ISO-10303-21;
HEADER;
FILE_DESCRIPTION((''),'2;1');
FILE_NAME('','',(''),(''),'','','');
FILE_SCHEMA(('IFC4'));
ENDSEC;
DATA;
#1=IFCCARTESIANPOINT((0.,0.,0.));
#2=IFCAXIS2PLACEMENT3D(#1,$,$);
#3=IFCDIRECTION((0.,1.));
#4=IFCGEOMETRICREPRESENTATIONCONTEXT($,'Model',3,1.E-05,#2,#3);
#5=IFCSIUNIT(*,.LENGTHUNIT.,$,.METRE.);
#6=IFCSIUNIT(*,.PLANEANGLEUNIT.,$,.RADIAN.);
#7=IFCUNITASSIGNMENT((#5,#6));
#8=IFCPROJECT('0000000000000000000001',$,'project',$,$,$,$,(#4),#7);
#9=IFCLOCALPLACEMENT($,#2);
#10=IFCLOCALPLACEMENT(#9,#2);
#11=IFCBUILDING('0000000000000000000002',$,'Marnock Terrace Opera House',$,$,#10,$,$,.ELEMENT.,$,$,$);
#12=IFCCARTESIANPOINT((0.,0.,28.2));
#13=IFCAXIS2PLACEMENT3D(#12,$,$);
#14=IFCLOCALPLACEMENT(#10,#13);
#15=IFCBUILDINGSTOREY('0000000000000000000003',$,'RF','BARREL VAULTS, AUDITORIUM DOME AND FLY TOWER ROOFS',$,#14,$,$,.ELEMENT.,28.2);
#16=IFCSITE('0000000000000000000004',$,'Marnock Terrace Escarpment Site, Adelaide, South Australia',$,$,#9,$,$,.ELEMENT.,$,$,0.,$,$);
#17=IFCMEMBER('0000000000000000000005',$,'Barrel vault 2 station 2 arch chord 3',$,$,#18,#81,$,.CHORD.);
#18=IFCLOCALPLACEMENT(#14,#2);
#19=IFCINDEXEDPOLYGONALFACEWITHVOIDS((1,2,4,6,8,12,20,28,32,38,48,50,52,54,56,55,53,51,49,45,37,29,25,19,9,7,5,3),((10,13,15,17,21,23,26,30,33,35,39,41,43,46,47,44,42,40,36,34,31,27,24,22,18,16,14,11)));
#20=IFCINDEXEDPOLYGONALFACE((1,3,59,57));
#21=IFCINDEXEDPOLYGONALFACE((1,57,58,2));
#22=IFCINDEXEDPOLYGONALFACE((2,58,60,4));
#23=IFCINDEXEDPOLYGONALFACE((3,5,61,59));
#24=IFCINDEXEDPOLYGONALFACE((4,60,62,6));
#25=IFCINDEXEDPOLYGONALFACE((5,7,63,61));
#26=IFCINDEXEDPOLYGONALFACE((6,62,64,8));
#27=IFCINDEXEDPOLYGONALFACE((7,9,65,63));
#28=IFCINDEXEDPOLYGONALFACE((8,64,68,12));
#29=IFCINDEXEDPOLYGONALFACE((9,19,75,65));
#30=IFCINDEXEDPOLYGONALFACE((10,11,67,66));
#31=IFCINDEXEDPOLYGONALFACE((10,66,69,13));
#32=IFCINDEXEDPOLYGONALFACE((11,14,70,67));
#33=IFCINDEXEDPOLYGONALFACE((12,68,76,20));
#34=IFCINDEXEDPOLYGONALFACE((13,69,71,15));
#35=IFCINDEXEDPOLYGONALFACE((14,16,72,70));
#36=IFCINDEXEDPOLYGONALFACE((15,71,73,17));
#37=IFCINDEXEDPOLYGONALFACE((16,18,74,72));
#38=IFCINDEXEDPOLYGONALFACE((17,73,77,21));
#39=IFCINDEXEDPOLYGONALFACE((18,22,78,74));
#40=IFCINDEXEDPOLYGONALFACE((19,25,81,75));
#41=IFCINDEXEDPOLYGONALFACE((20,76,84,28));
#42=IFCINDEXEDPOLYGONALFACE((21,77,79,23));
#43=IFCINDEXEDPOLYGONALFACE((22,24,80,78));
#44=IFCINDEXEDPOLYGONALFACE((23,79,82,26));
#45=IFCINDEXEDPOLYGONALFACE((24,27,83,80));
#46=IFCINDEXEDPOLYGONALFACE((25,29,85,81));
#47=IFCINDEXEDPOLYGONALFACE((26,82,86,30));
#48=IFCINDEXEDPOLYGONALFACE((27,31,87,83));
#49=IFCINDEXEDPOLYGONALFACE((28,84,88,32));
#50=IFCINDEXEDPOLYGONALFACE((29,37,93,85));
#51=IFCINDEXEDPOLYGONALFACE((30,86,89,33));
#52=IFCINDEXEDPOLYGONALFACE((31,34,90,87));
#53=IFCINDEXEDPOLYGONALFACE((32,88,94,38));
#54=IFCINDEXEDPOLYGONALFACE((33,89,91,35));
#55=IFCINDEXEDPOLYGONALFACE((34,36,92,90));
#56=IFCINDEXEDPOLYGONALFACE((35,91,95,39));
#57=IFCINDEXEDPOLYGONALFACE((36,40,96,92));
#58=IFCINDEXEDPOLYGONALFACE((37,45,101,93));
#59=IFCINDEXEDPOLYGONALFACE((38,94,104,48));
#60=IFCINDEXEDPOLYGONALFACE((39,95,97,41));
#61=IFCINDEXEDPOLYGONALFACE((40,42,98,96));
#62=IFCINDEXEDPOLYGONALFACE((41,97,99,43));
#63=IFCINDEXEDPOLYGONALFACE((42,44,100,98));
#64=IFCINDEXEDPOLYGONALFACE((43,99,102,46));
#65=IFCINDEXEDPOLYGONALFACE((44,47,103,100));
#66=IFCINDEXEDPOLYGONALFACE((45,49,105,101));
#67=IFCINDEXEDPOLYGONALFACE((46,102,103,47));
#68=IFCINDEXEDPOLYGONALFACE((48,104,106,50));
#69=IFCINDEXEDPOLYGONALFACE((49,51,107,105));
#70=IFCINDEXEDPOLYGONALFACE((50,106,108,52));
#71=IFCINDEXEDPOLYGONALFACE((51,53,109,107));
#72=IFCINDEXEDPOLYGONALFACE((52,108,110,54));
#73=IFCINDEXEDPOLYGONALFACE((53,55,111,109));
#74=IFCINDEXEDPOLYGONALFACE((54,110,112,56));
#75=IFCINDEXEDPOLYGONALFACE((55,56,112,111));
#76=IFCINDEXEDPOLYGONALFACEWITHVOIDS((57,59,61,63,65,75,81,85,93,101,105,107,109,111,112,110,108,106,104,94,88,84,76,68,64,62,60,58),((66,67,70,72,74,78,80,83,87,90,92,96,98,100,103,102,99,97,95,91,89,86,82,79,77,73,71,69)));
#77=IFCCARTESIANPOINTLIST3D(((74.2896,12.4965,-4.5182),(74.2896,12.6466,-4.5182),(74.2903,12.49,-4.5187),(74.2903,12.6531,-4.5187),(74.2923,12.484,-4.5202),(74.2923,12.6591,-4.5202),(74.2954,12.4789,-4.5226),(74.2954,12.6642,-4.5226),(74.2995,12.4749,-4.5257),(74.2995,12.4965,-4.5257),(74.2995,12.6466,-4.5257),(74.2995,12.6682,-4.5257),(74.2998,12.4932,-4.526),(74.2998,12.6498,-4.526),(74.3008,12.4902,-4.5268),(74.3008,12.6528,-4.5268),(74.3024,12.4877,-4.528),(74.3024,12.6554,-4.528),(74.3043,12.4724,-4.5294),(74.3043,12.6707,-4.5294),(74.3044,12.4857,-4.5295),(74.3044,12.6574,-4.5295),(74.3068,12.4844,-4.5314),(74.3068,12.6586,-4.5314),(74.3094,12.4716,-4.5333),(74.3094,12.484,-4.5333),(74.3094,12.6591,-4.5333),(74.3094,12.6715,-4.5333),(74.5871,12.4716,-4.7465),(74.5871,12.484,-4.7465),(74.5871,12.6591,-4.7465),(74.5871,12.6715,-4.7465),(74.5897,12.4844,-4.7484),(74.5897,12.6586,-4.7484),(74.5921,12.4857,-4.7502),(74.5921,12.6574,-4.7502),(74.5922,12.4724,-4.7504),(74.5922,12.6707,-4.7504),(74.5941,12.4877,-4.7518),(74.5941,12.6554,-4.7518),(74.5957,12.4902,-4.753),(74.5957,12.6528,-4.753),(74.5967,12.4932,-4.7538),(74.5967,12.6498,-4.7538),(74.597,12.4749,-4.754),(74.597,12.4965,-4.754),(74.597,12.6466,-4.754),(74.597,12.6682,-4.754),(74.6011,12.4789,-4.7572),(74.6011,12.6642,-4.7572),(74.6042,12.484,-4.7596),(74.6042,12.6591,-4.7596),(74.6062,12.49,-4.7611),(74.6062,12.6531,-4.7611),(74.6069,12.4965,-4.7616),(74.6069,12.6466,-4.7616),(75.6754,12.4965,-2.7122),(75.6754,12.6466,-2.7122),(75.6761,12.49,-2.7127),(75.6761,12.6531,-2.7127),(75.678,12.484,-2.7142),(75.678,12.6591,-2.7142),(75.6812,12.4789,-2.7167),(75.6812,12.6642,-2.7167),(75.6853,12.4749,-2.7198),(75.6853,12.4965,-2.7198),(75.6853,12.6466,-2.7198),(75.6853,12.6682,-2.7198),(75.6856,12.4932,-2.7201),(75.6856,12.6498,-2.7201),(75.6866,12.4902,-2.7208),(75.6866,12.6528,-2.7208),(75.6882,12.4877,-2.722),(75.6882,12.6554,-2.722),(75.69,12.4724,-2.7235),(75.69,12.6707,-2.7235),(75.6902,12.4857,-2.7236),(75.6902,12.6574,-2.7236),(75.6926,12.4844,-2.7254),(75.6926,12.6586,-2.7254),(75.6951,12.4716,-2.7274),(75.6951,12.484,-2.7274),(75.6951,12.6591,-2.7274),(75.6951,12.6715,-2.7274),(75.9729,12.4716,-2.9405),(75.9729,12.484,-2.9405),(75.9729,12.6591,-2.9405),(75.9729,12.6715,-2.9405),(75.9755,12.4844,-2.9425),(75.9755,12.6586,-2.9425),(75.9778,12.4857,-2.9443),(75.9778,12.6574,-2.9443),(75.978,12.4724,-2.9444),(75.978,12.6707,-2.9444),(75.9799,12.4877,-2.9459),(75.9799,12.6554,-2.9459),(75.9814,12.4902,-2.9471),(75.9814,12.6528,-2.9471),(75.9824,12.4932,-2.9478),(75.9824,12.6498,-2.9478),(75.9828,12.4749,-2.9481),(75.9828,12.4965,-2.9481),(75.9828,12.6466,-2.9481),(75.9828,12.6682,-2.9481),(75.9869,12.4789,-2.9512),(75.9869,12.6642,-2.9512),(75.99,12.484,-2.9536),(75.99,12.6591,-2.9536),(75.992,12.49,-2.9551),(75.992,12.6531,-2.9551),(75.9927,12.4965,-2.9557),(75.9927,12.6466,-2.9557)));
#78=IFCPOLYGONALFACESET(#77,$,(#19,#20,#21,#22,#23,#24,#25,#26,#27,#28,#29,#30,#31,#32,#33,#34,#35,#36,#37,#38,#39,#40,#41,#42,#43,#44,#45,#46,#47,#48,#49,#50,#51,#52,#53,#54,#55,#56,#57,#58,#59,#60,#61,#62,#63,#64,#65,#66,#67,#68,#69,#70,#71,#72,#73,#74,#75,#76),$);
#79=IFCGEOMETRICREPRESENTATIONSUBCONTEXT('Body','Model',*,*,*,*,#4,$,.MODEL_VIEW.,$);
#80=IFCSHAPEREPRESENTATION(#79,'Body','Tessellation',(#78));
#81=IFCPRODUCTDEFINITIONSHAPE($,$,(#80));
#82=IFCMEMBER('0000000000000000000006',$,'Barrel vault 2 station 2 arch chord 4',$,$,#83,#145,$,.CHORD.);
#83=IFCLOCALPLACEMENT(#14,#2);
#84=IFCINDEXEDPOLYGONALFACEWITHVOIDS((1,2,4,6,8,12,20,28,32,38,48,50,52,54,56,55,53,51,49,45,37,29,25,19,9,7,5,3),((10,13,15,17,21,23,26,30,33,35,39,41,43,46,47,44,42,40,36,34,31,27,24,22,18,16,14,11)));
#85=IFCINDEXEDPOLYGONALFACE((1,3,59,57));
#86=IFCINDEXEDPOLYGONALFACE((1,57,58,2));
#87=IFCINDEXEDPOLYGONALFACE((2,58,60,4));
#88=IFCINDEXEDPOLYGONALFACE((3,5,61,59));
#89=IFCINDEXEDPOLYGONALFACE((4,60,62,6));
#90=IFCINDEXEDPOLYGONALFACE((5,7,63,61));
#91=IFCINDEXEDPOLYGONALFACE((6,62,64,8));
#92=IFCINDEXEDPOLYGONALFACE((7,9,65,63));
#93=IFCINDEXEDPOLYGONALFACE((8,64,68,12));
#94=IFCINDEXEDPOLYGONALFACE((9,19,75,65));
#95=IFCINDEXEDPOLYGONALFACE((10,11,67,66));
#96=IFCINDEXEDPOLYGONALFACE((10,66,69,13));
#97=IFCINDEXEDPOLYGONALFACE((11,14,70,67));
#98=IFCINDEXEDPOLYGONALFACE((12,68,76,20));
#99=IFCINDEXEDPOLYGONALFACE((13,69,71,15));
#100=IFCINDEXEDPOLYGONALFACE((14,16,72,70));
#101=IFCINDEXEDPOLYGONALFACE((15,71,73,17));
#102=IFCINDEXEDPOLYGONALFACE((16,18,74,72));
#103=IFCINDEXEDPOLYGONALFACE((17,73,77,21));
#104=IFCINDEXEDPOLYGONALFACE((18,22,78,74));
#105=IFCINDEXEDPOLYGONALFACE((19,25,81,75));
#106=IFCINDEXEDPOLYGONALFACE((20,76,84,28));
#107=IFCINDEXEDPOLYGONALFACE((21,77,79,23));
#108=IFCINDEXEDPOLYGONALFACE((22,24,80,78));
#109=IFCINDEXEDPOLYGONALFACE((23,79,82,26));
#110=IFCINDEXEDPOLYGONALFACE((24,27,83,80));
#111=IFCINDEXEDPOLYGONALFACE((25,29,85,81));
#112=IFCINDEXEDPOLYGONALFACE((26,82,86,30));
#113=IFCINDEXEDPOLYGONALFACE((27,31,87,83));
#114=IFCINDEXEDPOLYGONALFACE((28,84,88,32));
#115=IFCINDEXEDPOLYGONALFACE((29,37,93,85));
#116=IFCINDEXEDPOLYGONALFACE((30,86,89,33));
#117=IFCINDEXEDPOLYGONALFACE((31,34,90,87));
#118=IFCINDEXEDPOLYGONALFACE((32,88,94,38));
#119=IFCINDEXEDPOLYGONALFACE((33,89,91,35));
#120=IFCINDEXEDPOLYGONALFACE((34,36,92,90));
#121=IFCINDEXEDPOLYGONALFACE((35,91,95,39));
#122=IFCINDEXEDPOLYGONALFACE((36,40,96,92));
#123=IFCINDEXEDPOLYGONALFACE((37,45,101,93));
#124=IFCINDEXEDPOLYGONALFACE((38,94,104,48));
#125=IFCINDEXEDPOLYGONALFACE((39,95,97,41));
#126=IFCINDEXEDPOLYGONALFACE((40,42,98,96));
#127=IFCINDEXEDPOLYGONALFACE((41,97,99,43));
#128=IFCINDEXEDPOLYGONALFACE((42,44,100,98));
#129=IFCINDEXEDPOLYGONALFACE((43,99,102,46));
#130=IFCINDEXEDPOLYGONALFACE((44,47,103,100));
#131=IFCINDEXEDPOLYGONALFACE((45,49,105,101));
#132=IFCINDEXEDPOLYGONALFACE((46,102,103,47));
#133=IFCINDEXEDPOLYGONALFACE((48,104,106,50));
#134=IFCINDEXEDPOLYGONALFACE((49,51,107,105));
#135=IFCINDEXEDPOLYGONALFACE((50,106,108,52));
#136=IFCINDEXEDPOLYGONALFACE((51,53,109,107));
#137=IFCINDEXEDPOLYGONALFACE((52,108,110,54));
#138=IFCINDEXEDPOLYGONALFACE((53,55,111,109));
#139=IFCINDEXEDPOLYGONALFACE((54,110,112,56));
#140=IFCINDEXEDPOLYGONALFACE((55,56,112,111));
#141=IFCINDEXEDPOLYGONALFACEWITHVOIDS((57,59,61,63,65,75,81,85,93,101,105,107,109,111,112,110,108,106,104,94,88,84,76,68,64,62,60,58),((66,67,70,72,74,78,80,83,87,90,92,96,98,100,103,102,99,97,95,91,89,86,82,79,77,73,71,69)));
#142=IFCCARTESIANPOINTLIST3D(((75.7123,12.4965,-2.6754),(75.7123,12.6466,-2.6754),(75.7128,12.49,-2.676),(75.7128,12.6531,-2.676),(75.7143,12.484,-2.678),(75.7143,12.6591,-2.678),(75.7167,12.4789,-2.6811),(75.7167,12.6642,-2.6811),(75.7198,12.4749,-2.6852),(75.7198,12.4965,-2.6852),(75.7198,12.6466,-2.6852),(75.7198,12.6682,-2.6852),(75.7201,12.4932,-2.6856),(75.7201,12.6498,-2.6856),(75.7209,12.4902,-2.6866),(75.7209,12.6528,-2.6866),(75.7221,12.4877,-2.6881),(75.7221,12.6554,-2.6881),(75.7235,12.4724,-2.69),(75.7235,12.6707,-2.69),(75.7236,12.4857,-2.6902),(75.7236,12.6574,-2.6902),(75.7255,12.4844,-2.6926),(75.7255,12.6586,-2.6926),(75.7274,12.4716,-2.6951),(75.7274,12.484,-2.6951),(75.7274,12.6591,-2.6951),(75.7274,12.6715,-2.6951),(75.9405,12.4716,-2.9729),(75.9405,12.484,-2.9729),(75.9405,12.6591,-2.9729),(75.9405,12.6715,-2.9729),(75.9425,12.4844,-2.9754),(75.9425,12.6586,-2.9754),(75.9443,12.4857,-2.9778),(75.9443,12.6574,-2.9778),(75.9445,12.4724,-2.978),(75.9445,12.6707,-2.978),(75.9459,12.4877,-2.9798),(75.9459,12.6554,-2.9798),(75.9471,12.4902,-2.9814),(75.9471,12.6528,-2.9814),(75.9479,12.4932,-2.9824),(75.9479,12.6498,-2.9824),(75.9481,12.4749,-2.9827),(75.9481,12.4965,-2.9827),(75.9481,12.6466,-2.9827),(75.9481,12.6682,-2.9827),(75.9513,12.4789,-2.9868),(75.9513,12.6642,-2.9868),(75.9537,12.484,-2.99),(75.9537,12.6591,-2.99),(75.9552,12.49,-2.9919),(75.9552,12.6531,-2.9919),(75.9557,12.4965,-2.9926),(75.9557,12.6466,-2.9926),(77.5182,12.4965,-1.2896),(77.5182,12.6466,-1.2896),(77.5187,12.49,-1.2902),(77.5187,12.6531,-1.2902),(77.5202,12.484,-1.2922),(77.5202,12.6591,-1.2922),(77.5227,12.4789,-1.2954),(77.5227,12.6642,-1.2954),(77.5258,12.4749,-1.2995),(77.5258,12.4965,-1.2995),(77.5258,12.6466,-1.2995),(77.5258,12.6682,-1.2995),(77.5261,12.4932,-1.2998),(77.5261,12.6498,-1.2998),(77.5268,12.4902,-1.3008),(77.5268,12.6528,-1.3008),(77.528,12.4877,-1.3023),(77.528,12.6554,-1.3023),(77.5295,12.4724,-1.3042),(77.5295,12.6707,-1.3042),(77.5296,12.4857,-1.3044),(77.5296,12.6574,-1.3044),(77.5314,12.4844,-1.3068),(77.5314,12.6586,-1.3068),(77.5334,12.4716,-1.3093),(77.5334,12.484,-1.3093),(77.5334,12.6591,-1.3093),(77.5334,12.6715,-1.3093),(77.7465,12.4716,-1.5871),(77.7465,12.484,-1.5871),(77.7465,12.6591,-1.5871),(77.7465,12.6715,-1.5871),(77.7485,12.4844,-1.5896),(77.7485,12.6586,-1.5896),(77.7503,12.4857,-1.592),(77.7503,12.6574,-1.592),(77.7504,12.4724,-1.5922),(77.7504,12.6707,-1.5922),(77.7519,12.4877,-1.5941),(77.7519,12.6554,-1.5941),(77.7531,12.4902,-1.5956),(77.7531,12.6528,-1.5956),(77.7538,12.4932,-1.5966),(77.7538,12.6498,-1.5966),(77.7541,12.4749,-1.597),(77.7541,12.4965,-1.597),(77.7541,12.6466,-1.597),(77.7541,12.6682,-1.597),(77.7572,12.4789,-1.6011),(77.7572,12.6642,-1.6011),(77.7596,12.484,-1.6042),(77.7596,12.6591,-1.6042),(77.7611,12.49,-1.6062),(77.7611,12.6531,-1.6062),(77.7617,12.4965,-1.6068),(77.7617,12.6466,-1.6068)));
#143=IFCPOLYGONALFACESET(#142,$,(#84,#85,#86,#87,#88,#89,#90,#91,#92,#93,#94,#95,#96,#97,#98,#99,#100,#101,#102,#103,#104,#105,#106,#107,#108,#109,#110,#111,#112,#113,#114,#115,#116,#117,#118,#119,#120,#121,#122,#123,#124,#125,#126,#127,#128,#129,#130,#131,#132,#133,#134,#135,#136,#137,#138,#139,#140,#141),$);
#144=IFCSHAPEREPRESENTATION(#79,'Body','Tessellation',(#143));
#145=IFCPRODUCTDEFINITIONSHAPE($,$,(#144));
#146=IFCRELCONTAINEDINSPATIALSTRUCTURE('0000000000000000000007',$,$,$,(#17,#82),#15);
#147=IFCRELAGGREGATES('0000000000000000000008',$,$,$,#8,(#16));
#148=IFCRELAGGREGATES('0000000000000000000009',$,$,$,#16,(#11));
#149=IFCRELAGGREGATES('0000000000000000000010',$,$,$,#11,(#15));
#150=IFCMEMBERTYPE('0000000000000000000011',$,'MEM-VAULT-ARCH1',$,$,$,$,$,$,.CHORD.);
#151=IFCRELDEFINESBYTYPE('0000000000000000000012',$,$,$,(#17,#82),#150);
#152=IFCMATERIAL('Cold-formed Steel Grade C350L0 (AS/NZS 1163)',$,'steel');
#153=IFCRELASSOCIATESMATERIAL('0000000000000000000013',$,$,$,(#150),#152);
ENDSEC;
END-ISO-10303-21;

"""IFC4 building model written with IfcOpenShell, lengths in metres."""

from ifc_helpers import new_model, si_unit, direction, frame, origin, origin_2d, place, context, subcontext, project, spatial, hollow_rectangle, extrude, material, material_profile, profile_set, type_object, element, save


model = new_model("IFC4")

# Units and contexts
model_context = context("Model", 3, precision=1e-05, world=origin(), true_north=direction((0.0, 1.0)))
body_context = subcontext(model_context, "Body", "Model", "MODEL_VIEW")
ifc_project = project(units=[si_unit("LENGTHUNIT", "METRE"), si_unit("PLANEANGLEUNIT", "RADIAN")], contexts=[model_context])

# Site, building, storey
site_placement = place(None, origin())
site = spatial("IfcSite", under=ifc_project, at=site_placement, Name="Marnock Terrace Escarpment Site, Adelaide, South Australia", CompositionType="ELEMENT", RefElevation=0.0)
building_placement = place(site_placement, origin())
building = spatial("IfcBuilding", under=site, at=building_placement, Name="Marnock Terrace Opera House", CompositionType="ELEMENT")
storey_placement = place(building_placement, frame((0.0, 0.0, 28.2)))
storey = spatial("IfcBuildingStorey", under=building, at=storey_placement, Name="RF", Description="BARREL VAULTS, AUDITORIUM DOME AND FLY TOWER ROOFS", CompositionType="ELEMENT", Elevation=28.2)

# Members
ifc_material = material(Name="Cold-formed Steel Grade C350L0 (AS/NZS 1163)", Category="steel")
ifc_material_profile_1 = material_profile(ifc_material, hollow_rectangle(XDim=0.2, YDim=0.3999, WallThickness=0.0125, InnerFilletRadius=0.0125, OuterFilletRadius=0.0249, at=origin_2d()))
ifc_profile_set_1 = profile_set([ifc_material_profile_1], Name="Cold-formed Steel Grade C350L0 (AS/NZS 1163)")
member_type_1 = type_object("IfcMemberType", Name="MEM-VAULT-ARCH1", PredefinedType="CHORD", material=ifc_profile_set_1)
for number, where, z_axis, x_axis, name in (
    (1, (74.4482, 12.5715, -4.6399), (0.608767, 0.0, 0.793349), (0.0, 1.0, 0.0), "Barrel vault 2 station 2 arch chord 3"),
    (2, (75.834, 12.5715, -2.834), (0.793349, 0.0, 0.608767), (0.0, 1.0, 0.0), "Barrel vault 2 station 2 arch chord 4"),
):
    element("IfcMember", number, at=place(storey_placement, frame(where, z_axis=z_axis, x_axis=x_axis)), inside=storey, type_object=member_type_1, Name=name, PredefinedType="CHORD", context=body_context, shape_type="SweptSolid", body=[
        extrude(hollow_rectangle(XDim=0.2, YDim=0.3999, WallThickness=0.0125, InnerFilletRadius=0.0125, OuterFilletRadius=0.0249, at=origin_2d()), origin(), (0.0, 0.0, 1.0), 2.2764),
    ])

save(model, "model.ifc")
